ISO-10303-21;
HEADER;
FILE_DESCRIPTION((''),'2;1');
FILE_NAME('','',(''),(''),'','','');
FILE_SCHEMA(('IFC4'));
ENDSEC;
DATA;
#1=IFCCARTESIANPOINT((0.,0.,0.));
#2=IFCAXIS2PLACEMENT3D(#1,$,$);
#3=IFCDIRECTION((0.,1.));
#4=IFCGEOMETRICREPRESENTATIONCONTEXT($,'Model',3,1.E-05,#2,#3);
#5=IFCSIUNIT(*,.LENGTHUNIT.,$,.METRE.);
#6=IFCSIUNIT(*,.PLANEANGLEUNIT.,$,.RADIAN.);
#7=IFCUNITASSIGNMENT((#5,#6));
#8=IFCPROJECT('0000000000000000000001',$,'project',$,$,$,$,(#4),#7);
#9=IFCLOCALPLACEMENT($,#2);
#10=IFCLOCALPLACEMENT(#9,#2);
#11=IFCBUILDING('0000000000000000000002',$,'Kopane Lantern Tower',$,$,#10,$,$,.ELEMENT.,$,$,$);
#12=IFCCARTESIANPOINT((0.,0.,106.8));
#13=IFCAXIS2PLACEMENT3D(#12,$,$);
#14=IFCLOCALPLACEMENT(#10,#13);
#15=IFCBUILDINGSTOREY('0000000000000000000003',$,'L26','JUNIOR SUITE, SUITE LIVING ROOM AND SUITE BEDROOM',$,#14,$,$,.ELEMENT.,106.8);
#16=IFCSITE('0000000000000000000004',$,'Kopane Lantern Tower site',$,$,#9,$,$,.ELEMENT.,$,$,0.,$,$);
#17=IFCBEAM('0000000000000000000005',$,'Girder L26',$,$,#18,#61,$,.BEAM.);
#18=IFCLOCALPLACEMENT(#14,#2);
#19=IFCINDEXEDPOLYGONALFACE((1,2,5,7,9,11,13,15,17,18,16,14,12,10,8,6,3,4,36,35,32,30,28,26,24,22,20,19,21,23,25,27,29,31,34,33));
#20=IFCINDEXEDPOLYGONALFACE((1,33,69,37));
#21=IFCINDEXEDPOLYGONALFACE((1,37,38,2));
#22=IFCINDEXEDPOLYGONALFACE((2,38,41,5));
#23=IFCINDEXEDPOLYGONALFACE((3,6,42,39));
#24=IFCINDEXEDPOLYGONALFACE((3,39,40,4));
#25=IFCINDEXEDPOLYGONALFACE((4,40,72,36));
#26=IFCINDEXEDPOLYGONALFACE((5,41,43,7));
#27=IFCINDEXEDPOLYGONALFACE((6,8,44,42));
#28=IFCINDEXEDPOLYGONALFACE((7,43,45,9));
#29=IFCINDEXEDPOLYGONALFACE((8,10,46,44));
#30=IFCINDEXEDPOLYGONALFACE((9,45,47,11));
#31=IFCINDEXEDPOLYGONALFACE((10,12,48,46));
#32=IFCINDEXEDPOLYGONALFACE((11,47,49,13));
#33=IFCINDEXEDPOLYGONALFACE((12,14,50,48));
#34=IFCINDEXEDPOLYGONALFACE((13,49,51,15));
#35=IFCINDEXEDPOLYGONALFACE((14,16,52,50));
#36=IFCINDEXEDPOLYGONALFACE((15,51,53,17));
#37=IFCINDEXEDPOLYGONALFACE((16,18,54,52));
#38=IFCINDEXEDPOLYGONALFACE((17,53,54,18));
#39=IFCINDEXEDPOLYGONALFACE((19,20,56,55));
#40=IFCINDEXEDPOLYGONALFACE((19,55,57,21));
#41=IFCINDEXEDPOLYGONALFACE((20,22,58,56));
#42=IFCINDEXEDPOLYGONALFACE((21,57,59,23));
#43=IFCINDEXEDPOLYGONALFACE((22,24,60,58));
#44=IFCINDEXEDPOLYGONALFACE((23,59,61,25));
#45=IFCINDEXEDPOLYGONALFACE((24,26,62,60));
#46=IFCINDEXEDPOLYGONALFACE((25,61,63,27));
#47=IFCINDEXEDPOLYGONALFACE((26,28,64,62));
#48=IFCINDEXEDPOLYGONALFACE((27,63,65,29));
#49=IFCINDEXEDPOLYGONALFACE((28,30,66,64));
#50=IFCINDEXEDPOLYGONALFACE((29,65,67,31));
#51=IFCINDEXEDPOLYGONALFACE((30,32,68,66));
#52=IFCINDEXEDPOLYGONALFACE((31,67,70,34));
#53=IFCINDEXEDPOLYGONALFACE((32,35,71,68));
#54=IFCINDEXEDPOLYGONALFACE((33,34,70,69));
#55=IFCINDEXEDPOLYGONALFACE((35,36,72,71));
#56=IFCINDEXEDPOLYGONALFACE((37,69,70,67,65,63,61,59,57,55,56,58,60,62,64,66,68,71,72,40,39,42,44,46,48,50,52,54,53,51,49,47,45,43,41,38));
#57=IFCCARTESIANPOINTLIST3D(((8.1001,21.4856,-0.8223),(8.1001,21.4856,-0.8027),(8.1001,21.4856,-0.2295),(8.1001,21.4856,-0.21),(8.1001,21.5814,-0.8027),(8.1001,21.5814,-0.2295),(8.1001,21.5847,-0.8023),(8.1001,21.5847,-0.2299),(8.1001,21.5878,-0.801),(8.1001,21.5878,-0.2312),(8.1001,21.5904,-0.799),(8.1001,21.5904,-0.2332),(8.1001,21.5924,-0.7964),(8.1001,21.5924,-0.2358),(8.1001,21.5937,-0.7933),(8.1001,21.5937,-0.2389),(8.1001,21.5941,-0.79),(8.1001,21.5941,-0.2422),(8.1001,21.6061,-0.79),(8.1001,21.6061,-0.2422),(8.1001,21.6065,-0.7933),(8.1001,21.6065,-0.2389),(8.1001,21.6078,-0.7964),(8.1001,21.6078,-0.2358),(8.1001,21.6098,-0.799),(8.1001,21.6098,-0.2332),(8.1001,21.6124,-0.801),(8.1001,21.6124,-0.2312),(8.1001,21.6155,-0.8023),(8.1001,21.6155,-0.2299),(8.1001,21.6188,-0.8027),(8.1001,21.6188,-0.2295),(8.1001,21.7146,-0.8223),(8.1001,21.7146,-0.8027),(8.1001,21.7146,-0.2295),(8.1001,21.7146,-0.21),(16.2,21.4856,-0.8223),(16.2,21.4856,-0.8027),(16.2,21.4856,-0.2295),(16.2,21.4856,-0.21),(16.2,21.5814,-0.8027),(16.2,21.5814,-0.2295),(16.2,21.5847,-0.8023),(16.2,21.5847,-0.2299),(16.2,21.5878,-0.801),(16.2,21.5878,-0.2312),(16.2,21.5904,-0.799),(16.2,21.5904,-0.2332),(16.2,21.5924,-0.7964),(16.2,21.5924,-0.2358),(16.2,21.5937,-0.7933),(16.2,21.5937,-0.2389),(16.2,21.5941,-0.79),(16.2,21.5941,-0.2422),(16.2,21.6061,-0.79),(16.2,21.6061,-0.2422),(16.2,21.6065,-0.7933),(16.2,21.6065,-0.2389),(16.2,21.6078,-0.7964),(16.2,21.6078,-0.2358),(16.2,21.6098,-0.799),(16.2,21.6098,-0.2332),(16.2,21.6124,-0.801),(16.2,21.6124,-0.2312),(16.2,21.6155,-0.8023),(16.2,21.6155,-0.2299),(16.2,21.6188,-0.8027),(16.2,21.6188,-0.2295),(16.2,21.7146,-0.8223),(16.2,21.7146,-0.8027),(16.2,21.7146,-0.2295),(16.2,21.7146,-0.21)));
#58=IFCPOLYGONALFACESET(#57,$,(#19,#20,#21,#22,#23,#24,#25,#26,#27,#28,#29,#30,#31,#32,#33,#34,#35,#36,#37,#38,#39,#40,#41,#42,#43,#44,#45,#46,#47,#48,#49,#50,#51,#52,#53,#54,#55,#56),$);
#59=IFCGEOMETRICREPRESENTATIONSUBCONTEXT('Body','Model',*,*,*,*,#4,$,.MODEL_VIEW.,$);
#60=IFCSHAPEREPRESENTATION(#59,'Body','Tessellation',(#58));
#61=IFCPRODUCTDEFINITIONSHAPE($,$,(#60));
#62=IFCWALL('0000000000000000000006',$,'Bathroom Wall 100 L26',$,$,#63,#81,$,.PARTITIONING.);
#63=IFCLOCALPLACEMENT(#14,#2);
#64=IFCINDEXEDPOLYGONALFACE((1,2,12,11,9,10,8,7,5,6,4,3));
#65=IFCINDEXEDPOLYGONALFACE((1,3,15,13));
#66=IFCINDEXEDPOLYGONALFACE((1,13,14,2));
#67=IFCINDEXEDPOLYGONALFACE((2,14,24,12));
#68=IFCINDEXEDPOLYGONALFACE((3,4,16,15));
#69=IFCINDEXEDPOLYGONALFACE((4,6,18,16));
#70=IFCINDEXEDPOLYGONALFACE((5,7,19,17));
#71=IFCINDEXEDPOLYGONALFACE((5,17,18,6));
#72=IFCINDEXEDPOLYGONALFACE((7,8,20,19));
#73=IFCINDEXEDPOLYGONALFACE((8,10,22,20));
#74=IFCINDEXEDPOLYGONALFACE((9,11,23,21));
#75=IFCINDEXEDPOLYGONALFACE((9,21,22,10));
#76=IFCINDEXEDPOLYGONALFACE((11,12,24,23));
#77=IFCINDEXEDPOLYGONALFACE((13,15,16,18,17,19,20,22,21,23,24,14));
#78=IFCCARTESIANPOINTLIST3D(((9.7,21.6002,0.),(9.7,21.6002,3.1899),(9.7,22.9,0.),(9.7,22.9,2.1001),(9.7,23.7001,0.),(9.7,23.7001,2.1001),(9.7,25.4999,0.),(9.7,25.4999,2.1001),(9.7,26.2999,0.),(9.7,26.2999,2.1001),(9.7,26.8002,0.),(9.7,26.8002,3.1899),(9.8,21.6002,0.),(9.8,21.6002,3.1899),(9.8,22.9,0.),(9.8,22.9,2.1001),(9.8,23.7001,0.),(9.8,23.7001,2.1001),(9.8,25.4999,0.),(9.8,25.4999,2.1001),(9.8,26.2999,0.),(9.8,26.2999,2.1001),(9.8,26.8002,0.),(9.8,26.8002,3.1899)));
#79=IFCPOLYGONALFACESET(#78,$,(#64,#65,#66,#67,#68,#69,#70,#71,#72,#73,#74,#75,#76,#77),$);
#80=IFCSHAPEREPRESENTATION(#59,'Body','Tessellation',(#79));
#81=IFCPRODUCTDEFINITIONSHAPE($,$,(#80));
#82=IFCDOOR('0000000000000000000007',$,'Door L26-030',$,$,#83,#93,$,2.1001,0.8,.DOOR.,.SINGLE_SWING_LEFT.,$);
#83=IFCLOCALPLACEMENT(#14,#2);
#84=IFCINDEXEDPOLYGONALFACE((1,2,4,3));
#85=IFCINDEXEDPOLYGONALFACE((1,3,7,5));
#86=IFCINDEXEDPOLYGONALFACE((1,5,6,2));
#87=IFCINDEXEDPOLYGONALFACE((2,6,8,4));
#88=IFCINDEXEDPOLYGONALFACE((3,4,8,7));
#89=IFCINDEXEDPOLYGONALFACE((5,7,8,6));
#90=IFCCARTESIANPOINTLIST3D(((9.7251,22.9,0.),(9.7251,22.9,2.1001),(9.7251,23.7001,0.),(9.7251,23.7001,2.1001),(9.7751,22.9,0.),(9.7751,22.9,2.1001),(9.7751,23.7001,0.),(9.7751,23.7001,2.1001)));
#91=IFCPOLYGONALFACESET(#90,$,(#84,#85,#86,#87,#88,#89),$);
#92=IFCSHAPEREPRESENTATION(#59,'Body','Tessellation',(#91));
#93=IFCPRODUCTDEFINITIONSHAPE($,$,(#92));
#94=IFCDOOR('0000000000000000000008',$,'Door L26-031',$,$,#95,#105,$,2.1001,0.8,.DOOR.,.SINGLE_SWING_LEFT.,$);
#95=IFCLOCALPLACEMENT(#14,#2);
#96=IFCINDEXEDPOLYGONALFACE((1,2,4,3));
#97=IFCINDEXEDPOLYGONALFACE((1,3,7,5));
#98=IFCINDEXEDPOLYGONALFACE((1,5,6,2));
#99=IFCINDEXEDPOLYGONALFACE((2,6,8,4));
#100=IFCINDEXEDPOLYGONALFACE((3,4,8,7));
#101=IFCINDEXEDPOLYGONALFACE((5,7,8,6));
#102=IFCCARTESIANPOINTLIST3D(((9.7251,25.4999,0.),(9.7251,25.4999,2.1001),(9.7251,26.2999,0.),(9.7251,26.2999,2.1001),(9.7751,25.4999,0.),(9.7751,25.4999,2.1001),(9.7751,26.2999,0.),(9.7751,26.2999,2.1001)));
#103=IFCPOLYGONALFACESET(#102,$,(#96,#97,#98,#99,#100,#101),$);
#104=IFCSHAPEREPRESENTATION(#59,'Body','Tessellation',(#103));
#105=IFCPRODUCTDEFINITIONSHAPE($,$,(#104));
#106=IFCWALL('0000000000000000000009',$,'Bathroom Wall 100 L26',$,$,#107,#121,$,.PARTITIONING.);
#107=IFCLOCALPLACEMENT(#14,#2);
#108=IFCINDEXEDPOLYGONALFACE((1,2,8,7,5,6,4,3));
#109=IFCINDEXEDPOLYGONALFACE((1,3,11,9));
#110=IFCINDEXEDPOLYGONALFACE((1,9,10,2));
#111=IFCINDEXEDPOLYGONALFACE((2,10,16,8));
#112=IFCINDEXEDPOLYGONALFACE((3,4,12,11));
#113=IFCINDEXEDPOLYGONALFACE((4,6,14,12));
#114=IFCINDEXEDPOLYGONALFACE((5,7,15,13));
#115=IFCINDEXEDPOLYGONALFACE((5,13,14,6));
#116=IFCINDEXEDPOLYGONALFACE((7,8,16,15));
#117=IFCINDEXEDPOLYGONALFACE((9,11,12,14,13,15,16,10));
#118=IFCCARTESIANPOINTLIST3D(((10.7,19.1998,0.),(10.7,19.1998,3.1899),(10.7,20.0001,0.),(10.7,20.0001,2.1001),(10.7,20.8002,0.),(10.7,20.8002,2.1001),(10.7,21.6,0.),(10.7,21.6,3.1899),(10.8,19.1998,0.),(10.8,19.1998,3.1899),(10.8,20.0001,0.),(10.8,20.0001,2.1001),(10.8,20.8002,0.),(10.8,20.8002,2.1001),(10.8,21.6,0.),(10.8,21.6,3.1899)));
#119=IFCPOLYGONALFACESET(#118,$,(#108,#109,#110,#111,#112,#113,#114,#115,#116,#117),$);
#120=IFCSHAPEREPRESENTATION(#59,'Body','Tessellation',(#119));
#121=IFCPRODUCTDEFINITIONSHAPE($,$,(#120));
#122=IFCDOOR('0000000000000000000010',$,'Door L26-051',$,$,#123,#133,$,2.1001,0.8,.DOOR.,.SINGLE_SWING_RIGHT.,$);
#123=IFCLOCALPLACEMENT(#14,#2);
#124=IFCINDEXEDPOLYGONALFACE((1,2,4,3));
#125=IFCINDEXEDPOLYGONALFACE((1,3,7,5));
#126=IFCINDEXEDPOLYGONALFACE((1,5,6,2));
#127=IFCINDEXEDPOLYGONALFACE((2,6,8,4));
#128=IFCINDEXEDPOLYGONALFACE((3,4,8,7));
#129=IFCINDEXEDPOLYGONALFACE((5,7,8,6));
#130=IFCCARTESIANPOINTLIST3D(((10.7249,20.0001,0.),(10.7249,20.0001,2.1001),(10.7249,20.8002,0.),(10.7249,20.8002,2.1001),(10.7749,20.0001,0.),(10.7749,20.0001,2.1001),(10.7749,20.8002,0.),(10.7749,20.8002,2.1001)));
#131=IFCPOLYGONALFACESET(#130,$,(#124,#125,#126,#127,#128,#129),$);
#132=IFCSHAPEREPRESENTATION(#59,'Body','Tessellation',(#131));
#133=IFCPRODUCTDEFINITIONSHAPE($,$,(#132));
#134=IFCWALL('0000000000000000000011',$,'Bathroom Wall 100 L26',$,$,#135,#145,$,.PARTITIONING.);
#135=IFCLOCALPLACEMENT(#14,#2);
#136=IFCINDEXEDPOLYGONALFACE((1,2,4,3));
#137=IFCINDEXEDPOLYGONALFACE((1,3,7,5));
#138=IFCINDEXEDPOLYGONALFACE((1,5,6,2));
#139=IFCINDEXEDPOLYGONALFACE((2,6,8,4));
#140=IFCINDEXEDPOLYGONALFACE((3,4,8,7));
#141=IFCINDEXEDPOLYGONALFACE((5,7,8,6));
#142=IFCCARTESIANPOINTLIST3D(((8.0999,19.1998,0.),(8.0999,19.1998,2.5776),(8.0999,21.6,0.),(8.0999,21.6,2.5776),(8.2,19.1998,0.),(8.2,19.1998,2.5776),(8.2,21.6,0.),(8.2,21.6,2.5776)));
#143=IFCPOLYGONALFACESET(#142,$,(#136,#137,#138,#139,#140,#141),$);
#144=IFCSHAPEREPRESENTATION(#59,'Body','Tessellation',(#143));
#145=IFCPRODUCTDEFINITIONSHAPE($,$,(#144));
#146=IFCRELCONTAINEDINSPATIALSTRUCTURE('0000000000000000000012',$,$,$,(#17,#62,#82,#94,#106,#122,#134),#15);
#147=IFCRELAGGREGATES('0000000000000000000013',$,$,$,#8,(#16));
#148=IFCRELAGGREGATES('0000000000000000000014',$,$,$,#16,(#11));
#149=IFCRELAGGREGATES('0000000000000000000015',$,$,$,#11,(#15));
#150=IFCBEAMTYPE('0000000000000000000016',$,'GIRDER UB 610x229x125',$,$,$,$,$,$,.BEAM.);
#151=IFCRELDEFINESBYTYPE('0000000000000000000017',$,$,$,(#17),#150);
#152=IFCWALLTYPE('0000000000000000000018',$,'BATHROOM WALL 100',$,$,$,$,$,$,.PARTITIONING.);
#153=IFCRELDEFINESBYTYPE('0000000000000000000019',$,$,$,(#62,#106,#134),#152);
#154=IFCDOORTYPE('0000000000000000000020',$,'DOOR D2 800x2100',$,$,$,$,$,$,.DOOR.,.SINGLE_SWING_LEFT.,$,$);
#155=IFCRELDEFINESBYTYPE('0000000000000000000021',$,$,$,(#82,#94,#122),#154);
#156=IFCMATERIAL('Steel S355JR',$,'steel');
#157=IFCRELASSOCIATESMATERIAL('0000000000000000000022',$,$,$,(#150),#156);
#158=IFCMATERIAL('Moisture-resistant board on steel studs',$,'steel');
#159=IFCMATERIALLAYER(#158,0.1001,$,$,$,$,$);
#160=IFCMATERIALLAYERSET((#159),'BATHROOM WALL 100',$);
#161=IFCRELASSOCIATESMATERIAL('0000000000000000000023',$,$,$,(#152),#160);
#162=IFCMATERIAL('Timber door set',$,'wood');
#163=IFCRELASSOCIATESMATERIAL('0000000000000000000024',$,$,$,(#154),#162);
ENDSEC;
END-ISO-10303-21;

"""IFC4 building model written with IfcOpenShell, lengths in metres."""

from ifc_helpers import new_model, si_unit, direction, frame, frame_2d, origin, origin_2d, place, context, subcontext, project, spatial, rectangle, i_section, extrude, material, layer, layer_set, material_profile, profile_set, type_object, element, fill, save


model = new_model("IFC4")

# Units and contexts
model_context = context("Model", 3, precision=1e-05, world=origin(), true_north=direction((0.0, 1.0)))
body_context = subcontext(model_context, "Body", "Model", "MODEL_VIEW")
ifc_project = project(units=[si_unit("LENGTHUNIT", "METRE"), si_unit("PLANEANGLEUNIT", "RADIAN")], contexts=[model_context])

# Site, building, storey
site_placement = place(None, origin())
site = spatial("IfcSite", under=ifc_project, at=site_placement, Name="Kopane Lantern Tower site", CompositionType="ELEMENT", RefElevation=0.0)
building_placement = place(site_placement, origin())
building = spatial("IfcBuilding", under=site, at=building_placement, Name="Kopane Lantern Tower", CompositionType="ELEMENT")
storey_placement = place(building_placement, frame((0.0, 0.0, 106.8)))
storey = spatial("IfcBuildingStorey", under=building, at=storey_placement, Name="L26", Description="JUNIOR SUITE, SUITE LIVING ROOM AND SUITE BEDROOM", CompositionType="ELEMENT", Elevation=106.8)

# Beam
ifc_material_1 = material(Name="Steel S355JR", Category="steel")
ifc_material_profile_1 = material_profile(ifc_material_1, i_section(OverallWidth=0.229, OverallDepth=0.6123, WebThickness=0.012, FlangeThickness=0.0195, FilletRadius=0.0127, at=origin_2d()), Name="UB 610x229x125")
ifc_profile_set_1 = profile_set([ifc_material_profile_1], Name="Steel S355JR")
beam_type = type_object("IfcBeamType", Name="GIRDER UB 610x229x125", PredefinedType="BEAM", material=ifc_profile_set_1)
for number, where, z_axis, x_axis, name in (
    (1, (8.1001, 21.6001, -0.5161), (1.0, 0.0, 0.0), (0.0, 1.0, 0.0), "Girder L26"),
):
    element("IfcBeam", number, at=place(storey_placement, frame(where, z_axis=z_axis, x_axis=x_axis)), inside=storey, type_object=beam_type, Name=name, PredefinedType="BEAM", context=body_context, shape_type="SweptSolid", body=[
        extrude(i_section(OverallWidth=0.229, OverallDepth=0.6123, WebThickness=0.012, FlangeThickness=0.0195, FilletRadius=0.0127, at=origin_2d()), origin(), (0.0, 0.0, 1.0), 8.0999),
    ])

# Wall, openings, doors
ifc_material_2 = material(Name="Moisture-resistant board on steel studs", Category="steel")
ifc_layer_1 = layer(ifc_material_2, 0.1001)
ifc_layer_set_1 = layer_set([ifc_layer_1], Name="BATHROOM WALL 100")
wall_type_1 = type_object("IfcWallType", Name="BATHROOM WALL 100", PredefinedType="PARTITIONING", material=ifc_layer_set_1)
wall_1_placement = place(storey_placement, frame((9.75, 21.6001, 0.0), z_axis=(0.0, 0.0, 1.0), x_axis=(0.0, 1.0, 0.0)))
wall_1 = element("IfcWall", 2, at=wall_1_placement, inside=storey, type_object=wall_type_1, Name="Bathroom Wall 100 L26", PredefinedType="PARTITIONING", context=body_context, shape_type="SweptSolid", body=[
    extrude(rectangle(XDim=5.2, YDim=0.1001, at=frame_2d((2.6001, 0.0))), origin(), (0.0, 0.0, 1.0), 3.1899),
])
opening_1_placement = place(wall_1_placement, frame((1.3, 0.0, 0.0)))
opening_1 = element("IfcOpeningElement", 3, at=opening_1_placement, cuts=wall_1, PredefinedType="OPENING", context=body_context, shape_type="SweptSolid", body=[
    extrude(rectangle(XDim=0.8, YDim=2.1001, at=frame_2d((0.3999, 1.05))), frame((0.0, 0.0601, 0.0), z_axis=(0.0, -1.0, 0.0), x_axis=(1.0, 0.0, 0.0)), (0.0, 0.0, 1.0), 0.1201),
])
opening_2_placement = place(wall_1_placement, frame((3.8999, 0.0, 0.0)))
opening_2 = element("IfcOpeningElement", 4, at=opening_2_placement, cuts=wall_1, PredefinedType="OPENING", context=body_context, shape_type="SweptSolid", body=[
    extrude(rectangle(XDim=0.8, YDim=2.1001, at=frame_2d((0.3999, 1.05))), frame((0.0, 0.0601, 0.0), z_axis=(0.0, -1.0, 0.0), x_axis=(1.0, 0.0, 0.0)), (0.0, 0.0, 1.0), 0.1201),
])
ifc_material_3 = material(Name="Timber door set", Category="wood")
door_type_1 = type_object("IfcDoorType", Name="DOOR D2 800x2100", OperationType="SINGLE_SWING_LEFT", PredefinedType="DOOR", material=ifc_material_3)
door_1_placement = place(opening_1_placement, origin())
door_1 = element("IfcDoor", 5, at=door_1_placement, inside=storey, type_object=door_type_1, Name="Door L26-030", OperationType="SINGLE_SWING_LEFT", OverallHeight=2.1001, OverallWidth=0.8, PredefinedType="DOOR", context=body_context, shape_type="SweptSolid", body=[
    extrude(rectangle(XDim=0.8, YDim=2.1001, at=frame_2d((0.3999, 1.05))), frame((0.0, 0.0249, 0.0), z_axis=(0.0, -1.0, 0.0), x_axis=(1.0, 0.0, 0.0)), (0.0, 0.0, 1.0), 0.05),
])
fill(opening_1, door_1)
door_2_placement = place(opening_2_placement, origin())
door_2 = element("IfcDoor", 6, at=door_2_placement, inside=storey, type_object=door_type_1, Name="Door L26-031", OperationType="SINGLE_SWING_LEFT", OverallHeight=2.1001, OverallWidth=0.8, PredefinedType="DOOR", context=body_context, shape_type="SweptSolid", body=[
    extrude(rectangle(XDim=0.8, YDim=2.1001, at=frame_2d((0.3999, 1.05))), frame((0.0, 0.0249, 0.0), z_axis=(0.0, -1.0, 0.0), x_axis=(1.0, 0.0, 0.0)), (0.0, 0.0, 1.0), 0.05),
])
fill(opening_2, door_2)

# Wall, opening, door
wall_2_placement = place(storey_placement, frame((10.75, 21.6001, 0.0), z_axis=(0.0, 0.0, 1.0), x_axis=(0.0, -1.0, 0.0)))
wall_2 = element("IfcWall", 7, at=wall_2_placement, inside=storey, type_object=wall_type_1, Name="Bathroom Wall 100 L26", PredefinedType="PARTITIONING", context=body_context, shape_type="SweptSolid", body=[
    extrude(rectangle(XDim=2.4001, YDim=0.1001, at=frame_2d((1.2002, 0.0))), origin(), (0.0, 0.0, 1.0), 3.1899),
])
opening_3_placement = place(wall_2_placement, frame((0.8, 0.0, 0.0)))
opening_3 = element("IfcOpeningElement", 8, at=opening_3_placement, cuts=wall_2, PredefinedType="OPENING", context=body_context, shape_type="SweptSolid", body=[
    extrude(rectangle(XDim=0.8, YDim=2.1001, at=frame_2d((0.3999, 1.05))), frame((0.0, 0.0601, 0.0), z_axis=(0.0, -1.0, 0.0), x_axis=(1.0, 0.0, 0.0)), (0.0, 0.0, 1.0), 0.1201),
])
door_3_placement = place(opening_3_placement, origin())
door_3 = element("IfcDoor", 9, at=door_3_placement, inside=storey, type_object=door_type_1, Name="Door L26-051", OperationType="SINGLE_SWING_RIGHT", OverallHeight=2.1001, OverallWidth=0.8, PredefinedType="DOOR", context=body_context, shape_type="SweptSolid", body=[
    extrude(rectangle(XDim=0.8, YDim=2.1001, at=frame_2d((0.3999, 1.05))), frame((0.0, 0.0249, 0.0), z_axis=(0.0, -1.0, 0.0), x_axis=(1.0, 0.0, 0.0)), (0.0, 0.0, 1.0), 0.05),
])
fill(opening_3, door_3)

# Wall
wall_3_placement = place(storey_placement, frame((8.1499, 21.6001, 0.0), z_axis=(0.0, 0.0, 1.0), x_axis=(0.0, -1.0, 0.0)))
element("IfcWall", 10, at=wall_3_placement, inside=storey, type_object=wall_type_1, Name="Bathroom Wall 100 L26", PredefinedType="PARTITIONING", context=body_context, shape_type="SweptSolid", body=[
    extrude(rectangle(XDim=2.4001, YDim=0.1001, at=frame_2d((1.2002, 0.0))), origin(), (0.0, 0.0, 1.0), 2.5776),
])

save(model, "model.ifc")
